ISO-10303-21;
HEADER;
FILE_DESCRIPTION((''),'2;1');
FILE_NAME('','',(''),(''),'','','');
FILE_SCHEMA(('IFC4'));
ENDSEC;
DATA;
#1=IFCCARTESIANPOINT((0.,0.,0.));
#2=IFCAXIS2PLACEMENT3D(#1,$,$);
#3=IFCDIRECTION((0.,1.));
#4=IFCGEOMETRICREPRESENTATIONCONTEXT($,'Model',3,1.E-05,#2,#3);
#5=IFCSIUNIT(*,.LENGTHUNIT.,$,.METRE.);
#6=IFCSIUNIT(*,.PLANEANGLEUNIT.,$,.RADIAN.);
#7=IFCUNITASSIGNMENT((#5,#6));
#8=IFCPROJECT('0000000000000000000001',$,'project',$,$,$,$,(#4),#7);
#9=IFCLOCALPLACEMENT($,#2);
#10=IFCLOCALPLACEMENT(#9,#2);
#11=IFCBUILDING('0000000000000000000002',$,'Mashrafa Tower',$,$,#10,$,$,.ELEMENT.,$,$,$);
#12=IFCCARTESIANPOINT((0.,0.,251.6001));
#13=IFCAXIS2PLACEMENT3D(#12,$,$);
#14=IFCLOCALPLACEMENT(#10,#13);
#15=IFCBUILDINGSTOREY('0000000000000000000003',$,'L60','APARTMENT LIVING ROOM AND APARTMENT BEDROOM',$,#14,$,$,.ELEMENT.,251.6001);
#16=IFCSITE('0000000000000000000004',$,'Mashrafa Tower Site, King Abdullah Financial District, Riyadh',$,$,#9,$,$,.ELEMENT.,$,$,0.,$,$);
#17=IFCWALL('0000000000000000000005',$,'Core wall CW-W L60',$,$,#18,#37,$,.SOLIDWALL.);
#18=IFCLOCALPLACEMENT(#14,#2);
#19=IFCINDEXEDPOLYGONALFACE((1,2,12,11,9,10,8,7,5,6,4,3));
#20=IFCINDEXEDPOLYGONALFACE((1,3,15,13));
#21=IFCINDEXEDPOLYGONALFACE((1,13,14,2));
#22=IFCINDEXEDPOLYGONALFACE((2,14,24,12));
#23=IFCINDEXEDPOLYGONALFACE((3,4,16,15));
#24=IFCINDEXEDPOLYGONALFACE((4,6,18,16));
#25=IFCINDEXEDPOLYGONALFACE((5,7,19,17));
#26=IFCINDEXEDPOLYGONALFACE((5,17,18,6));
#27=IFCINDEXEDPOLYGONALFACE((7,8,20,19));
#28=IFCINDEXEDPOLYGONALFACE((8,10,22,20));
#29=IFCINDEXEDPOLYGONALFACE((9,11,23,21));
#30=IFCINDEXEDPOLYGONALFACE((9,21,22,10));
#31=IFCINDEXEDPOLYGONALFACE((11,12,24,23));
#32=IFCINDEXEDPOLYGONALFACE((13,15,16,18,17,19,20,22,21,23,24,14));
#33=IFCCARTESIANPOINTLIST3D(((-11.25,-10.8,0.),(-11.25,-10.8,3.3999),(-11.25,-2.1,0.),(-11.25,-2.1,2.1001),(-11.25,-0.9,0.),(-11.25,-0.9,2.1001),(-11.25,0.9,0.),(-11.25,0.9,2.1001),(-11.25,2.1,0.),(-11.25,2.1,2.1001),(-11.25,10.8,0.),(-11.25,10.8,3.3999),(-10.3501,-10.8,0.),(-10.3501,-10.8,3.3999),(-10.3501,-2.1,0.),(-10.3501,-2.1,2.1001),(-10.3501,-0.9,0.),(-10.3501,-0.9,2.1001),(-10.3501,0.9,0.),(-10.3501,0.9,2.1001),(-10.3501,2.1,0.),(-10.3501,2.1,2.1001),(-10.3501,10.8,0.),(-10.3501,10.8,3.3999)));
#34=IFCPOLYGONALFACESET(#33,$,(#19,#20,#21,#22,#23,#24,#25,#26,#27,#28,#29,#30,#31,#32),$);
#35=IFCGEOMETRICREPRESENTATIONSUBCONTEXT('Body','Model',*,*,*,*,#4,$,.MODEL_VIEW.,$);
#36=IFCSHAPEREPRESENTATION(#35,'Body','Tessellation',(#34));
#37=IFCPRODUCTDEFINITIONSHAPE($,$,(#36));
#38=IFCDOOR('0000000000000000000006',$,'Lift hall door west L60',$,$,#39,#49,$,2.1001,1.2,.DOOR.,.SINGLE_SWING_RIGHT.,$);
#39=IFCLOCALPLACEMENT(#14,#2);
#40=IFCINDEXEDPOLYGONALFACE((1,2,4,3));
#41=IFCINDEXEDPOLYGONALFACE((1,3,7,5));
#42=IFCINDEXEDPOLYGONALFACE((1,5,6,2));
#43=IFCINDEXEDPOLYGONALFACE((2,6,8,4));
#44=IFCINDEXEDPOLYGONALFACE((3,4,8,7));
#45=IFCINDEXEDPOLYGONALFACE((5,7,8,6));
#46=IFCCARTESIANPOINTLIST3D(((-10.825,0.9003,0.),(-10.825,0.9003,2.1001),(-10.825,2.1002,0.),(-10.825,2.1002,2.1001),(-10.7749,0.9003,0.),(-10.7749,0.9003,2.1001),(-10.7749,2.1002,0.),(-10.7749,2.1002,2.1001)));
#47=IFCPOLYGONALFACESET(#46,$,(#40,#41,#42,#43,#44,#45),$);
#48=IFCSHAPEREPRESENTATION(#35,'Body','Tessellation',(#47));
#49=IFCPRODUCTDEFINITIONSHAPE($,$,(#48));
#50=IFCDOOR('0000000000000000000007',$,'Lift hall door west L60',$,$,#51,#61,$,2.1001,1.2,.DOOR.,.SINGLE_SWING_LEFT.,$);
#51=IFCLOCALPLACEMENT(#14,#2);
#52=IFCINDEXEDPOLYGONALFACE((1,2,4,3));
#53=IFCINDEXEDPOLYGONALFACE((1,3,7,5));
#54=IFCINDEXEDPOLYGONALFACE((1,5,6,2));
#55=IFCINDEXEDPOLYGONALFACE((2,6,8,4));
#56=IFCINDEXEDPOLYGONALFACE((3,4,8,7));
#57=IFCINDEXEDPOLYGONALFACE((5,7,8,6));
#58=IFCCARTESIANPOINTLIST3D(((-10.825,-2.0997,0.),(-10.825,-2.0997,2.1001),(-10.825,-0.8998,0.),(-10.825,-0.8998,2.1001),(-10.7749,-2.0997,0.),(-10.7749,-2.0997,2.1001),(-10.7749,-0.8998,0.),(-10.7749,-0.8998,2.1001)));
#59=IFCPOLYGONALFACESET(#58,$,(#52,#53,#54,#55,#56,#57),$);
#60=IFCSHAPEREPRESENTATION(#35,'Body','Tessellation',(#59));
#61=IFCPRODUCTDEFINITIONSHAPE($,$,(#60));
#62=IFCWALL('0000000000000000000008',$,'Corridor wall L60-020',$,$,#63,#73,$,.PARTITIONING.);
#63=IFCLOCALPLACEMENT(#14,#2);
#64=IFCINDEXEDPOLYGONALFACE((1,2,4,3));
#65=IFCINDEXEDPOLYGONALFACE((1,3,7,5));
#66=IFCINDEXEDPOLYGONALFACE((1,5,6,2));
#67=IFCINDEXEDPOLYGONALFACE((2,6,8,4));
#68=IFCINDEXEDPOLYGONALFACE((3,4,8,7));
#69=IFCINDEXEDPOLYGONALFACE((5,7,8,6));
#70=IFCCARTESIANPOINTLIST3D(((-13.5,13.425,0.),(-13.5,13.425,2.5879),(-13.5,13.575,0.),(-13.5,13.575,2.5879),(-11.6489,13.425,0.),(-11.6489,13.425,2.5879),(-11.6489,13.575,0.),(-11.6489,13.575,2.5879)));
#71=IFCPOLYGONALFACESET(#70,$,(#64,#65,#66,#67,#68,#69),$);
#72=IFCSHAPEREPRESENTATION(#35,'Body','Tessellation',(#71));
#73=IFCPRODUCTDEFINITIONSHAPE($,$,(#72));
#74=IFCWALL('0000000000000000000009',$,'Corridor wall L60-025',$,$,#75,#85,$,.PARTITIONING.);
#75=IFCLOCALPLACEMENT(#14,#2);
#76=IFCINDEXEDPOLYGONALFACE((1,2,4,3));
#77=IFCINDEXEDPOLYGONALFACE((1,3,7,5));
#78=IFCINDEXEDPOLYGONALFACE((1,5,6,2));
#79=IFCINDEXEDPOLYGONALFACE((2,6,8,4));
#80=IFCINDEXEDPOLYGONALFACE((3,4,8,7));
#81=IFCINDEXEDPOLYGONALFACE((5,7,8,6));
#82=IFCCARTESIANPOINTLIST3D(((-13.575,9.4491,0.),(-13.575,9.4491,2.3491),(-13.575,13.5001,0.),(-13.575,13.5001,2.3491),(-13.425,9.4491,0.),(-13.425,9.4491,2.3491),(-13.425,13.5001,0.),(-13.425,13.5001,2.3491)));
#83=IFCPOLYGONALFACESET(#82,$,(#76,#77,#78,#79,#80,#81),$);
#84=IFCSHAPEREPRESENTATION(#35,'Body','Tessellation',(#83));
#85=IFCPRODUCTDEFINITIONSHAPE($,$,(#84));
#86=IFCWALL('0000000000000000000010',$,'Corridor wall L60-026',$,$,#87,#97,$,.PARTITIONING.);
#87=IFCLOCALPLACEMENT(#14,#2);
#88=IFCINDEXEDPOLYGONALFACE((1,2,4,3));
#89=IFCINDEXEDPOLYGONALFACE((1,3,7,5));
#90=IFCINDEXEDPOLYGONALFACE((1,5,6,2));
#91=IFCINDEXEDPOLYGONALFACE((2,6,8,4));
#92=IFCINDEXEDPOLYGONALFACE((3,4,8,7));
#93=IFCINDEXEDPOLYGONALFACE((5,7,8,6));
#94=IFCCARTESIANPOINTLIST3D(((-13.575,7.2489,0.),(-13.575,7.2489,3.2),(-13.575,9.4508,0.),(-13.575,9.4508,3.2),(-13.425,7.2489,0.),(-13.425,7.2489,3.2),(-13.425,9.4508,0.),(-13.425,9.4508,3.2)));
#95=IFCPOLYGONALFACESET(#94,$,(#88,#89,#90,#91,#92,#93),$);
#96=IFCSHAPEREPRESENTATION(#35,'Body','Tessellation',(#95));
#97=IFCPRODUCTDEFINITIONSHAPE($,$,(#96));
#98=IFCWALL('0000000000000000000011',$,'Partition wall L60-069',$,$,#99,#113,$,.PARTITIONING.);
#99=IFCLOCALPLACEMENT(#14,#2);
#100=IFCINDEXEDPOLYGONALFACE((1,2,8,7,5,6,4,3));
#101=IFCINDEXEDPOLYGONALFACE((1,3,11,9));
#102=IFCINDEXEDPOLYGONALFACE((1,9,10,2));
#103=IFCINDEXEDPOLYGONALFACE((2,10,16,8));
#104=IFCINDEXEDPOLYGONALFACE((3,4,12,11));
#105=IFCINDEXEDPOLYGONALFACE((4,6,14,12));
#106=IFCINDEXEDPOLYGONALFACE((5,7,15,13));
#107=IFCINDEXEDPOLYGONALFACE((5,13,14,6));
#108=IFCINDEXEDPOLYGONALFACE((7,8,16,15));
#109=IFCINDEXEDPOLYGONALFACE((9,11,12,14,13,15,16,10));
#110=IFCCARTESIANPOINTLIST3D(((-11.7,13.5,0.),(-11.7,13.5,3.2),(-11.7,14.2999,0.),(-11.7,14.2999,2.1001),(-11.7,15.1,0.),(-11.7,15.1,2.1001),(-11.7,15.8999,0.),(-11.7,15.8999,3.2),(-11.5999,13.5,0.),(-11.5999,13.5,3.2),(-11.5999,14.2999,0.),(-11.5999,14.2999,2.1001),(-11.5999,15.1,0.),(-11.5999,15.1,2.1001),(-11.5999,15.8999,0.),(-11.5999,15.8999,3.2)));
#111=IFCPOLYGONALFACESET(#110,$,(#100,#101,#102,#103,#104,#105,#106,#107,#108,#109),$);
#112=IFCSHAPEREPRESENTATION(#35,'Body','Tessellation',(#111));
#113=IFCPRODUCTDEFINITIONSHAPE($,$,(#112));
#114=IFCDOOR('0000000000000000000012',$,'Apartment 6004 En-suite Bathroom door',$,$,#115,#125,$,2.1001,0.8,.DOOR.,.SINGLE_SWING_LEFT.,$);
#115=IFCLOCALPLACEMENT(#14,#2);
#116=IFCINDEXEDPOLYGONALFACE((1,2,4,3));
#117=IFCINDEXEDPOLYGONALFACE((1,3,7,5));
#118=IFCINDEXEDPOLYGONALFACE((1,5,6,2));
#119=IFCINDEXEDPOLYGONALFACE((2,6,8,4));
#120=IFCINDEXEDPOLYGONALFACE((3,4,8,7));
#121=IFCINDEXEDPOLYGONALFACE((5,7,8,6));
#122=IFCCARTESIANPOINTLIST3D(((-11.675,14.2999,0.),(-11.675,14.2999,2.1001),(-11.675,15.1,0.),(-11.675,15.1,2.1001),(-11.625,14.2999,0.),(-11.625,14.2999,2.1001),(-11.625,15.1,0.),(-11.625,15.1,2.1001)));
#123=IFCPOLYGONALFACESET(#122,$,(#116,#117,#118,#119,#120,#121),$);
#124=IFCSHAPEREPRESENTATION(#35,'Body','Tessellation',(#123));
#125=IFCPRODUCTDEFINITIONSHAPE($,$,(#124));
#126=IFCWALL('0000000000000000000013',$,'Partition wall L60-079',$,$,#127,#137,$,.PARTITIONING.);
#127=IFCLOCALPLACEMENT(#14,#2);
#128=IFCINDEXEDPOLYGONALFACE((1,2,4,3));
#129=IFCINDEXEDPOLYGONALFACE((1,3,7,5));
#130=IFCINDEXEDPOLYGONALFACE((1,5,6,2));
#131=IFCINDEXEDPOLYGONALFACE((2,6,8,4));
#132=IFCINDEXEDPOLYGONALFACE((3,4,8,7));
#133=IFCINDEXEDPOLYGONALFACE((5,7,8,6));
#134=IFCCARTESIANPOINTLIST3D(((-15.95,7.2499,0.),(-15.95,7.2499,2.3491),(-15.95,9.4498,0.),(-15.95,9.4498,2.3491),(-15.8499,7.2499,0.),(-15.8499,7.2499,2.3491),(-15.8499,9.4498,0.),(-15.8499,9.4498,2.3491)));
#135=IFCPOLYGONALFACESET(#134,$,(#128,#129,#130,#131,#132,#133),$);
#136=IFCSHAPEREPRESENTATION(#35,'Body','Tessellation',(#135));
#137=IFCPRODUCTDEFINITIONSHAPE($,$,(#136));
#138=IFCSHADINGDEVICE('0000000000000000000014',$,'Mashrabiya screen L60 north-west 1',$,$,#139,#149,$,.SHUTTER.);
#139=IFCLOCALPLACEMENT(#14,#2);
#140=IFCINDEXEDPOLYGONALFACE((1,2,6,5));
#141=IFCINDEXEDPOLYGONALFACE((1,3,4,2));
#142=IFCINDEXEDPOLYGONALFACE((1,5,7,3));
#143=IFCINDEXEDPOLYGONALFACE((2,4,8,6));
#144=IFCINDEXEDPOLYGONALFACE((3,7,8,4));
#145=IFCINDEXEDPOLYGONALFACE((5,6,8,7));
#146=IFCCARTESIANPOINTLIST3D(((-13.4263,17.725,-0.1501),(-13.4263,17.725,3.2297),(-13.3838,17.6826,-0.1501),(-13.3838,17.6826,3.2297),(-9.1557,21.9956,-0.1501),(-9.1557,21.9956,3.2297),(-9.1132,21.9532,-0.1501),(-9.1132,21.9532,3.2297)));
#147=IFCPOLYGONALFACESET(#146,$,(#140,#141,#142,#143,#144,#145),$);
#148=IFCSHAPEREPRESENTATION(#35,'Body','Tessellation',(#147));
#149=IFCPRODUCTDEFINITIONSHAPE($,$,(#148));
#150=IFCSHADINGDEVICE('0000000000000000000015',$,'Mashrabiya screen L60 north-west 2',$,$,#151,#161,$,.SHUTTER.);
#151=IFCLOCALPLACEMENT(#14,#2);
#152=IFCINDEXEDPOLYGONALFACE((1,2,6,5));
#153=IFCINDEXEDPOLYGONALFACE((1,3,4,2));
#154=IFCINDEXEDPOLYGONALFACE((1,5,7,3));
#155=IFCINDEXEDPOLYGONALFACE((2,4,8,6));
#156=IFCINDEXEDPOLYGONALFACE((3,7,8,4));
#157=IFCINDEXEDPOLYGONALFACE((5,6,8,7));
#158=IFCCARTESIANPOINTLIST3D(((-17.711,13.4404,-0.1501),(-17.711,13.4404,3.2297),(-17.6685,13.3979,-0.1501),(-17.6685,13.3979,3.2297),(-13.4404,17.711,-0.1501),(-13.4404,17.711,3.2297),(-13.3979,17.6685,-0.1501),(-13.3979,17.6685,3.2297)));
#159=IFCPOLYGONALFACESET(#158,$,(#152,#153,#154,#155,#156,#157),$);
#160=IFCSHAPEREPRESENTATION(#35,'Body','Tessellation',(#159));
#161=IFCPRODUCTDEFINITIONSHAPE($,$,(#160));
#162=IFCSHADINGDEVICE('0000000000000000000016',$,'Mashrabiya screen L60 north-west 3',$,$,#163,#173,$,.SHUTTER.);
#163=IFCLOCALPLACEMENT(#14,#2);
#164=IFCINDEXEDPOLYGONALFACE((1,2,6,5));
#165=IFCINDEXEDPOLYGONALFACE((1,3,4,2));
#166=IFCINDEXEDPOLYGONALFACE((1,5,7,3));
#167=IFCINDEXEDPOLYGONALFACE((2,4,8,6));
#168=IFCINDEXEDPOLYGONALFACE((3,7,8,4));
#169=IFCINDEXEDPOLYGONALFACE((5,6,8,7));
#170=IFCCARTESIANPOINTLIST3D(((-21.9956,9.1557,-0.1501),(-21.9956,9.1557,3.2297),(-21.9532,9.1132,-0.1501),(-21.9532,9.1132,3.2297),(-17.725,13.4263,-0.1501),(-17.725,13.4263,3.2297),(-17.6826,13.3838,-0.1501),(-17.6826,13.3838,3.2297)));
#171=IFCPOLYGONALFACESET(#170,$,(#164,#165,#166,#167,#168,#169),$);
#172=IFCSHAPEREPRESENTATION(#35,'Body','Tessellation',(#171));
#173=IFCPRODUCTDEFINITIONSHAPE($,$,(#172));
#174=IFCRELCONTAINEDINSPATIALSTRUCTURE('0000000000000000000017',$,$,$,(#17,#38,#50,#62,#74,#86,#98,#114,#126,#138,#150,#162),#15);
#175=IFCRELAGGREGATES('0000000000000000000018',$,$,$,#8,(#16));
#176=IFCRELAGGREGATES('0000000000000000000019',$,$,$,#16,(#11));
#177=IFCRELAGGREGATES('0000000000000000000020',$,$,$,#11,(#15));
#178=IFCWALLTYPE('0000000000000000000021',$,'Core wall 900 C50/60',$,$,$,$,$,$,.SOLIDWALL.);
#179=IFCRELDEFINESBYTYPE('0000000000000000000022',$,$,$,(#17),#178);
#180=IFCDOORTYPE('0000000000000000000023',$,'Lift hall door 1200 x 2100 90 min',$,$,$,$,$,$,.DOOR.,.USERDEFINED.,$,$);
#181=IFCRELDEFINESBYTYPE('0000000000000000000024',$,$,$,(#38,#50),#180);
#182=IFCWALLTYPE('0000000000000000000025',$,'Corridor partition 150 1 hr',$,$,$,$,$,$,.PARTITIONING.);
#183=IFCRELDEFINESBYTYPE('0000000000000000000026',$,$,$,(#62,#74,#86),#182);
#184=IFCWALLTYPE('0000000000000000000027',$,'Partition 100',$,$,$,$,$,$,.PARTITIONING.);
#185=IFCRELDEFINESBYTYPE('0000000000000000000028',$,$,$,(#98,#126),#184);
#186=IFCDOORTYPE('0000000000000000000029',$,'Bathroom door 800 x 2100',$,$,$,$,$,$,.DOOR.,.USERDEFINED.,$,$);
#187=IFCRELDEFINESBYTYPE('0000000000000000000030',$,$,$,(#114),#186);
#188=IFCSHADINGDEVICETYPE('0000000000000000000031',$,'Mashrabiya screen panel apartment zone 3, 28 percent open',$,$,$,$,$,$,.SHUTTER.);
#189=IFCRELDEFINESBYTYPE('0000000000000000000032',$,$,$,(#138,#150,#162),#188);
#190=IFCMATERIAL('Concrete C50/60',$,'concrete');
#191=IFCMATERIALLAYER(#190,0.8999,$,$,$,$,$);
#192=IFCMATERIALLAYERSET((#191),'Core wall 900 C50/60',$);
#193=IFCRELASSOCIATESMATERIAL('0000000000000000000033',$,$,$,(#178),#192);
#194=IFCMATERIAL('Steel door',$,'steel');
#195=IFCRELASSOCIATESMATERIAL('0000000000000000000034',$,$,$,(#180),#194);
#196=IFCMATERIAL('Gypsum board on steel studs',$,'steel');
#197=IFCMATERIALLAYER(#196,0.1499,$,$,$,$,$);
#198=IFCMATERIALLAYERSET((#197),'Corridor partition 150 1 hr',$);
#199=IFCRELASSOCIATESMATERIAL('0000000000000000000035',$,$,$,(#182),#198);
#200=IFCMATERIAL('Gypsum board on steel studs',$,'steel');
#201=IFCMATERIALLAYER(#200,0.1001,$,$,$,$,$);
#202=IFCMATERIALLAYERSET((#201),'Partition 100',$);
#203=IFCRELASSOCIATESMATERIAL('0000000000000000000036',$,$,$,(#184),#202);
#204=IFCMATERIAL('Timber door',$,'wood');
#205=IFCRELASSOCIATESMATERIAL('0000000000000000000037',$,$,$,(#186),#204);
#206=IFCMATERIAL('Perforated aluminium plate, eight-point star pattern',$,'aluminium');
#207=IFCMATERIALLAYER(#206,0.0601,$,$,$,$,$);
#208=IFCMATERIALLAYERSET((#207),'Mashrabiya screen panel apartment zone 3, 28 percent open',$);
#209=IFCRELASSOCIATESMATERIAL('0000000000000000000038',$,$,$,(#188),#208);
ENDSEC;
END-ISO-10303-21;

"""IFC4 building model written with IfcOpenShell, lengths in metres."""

from ifc_helpers import new_model, si_unit, direction, frame, frame_2d, origin, origin_2d, place, context, subcontext, project, spatial, rectangle, extrude, source, transform, mapped, material, layer, layer_set, type_object, type_shapes, element, fill, save


model = new_model("IFC4")

# Units and contexts
model_context = context("Model", 3, precision=1e-05, world=origin(), true_north=direction((0.0, 1.0)))
body_context = subcontext(model_context, "Body", "Model", "MODEL_VIEW")
ifc_project = project(units=[si_unit("LENGTHUNIT", "METRE"), si_unit("PLANEANGLEUNIT", "RADIAN")], contexts=[model_context])

# Site, building, storey
site_placement = place(None, origin())
site = spatial("IfcSite", under=ifc_project, at=site_placement, Name="Mashrafa Tower Site, King Abdullah Financial District, Riyadh", CompositionType="ELEMENT", RefElevation=0.0)
building_placement = place(site_placement, origin())
building = spatial("IfcBuilding", under=site, at=building_placement, Name="Mashrafa Tower", CompositionType="ELEMENT")
storey_placement = place(building_placement, frame((0.0, 0.0, 251.6001)))
storey = spatial("IfcBuildingStorey", under=building, at=storey_placement, Name="L60", Description="APARTMENT LIVING ROOM AND APARTMENT BEDROOM", CompositionType="ELEMENT", Elevation=251.6001)

# Wall, openings, doors
ifc_material_1 = material(Name="Concrete C50/60", Category="concrete")
ifc_layer_1 = layer(ifc_material_1, 0.8999)
ifc_layer_set_1 = layer_set([ifc_layer_1], Name="Core wall 900 C50/60")
wall_type_1 = type_object("IfcWallType", Name="Core wall 900 C50/60", PredefinedType="SOLIDWALL", material=ifc_layer_set_1)
wall_1_placement = place(storey_placement, frame((-10.8, 10.8, 0.0), z_axis=(0.0, 0.0, 1.0), x_axis=(0.0, -1.0, 0.0)))
wall_1 = element("IfcWall", 1, at=wall_1_placement, inside=storey, type_object=wall_type_1, Name="Core wall CW-W L60", PredefinedType="SOLIDWALL", context=body_context, shape_type="SweptSolid", body=[
    extrude(rectangle(XDim=21.6001, YDim=0.8999, at=frame_2d((10.8, 0.0))), origin(), (0.0, 0.0, 1.0), 3.3999),
])
opening_1_placement = place(wall_1_placement, frame((8.7, 0.0, 0.0)))
opening_1 = element("IfcOpeningElement", 2, at=opening_1_placement, cuts=wall_1, PredefinedType="OPENING", context=body_context, shape_type="SweptSolid", body=[
    extrude(rectangle(XDim=1.2, YDim=2.1001, at=frame_2d((0.6001, 1.05))), frame((0.0, 0.46, 0.0), z_axis=(0.0, -1.0, 0.0), x_axis=(1.0, 0.0, 0.0)), (0.0, 0.0, 1.0), 0.9199),
])
opening_2_placement = place(wall_1_placement, frame((11.7, 0.0, 0.0)))
opening_2 = element("IfcOpeningElement", 3, at=opening_2_placement, cuts=wall_1, PredefinedType="OPENING", context=body_context, shape_type="SweptSolid", body=[
    extrude(rectangle(XDim=1.2, YDim=2.1001, at=frame_2d((0.6001, 1.05))), frame((0.0, 0.46, 0.0), z_axis=(0.0, -1.0, 0.0), x_axis=(1.0, 0.0, 0.0)), (0.0, 0.0, 1.0), 0.9199),
])
ifc_material_2 = material(Name="Steel door", Category="steel")
door_type_1 = type_object("IfcDoorType", Name="Lift hall door 1200 x 2100 90 min", OperationType="USERDEFINED", PredefinedType="DOOR", material=ifc_material_2)
door_1_placement = place(opening_1_placement, frame((1.2, 0.0, 0.0), z_axis=(0.0, 0.0, 1.0), x_axis=(-1.0, 0.0, 0.0)))
door_1 = element("IfcDoor", 4, at=door_1_placement, inside=storey, type_object=door_type_1, Name="Lift hall door west L60", OperationType="SINGLE_SWING_RIGHT", OverallHeight=2.1001, OverallWidth=1.2, PredefinedType="DOOR", context=body_context, shape_type="SweptSolid", body=[
    extrude(rectangle(XDim=1.2, YDim=2.1001, at=frame_2d((0.6001, 1.05))), frame((0.0, 0.0249, 0.0), z_axis=(0.0, -1.0, 0.0), x_axis=(1.0, 0.0, 0.0)), (0.0, 0.0, 1.0), 0.05),
])
fill(opening_1, door_1)
door_2_placement = place(opening_2_placement, frame((1.2, 0.0, 0.0), z_axis=(0.0, 0.0, 1.0), x_axis=(-1.0, 0.0, 0.0)))
door_2 = element("IfcDoor", 5, at=door_2_placement, inside=storey, type_object=door_type_1, Name="Lift hall door west L60", OperationType="SINGLE_SWING_LEFT", OverallHeight=2.1001, OverallWidth=1.2, PredefinedType="DOOR", context=body_context, shape_type="SweptSolid", body=[
    extrude(rectangle(XDim=1.2, YDim=2.1001, at=frame_2d((0.6001, 1.05))), frame((0.0, 0.0249, 0.0), z_axis=(0.0, -1.0, 0.0), x_axis=(1.0, 0.0, 0.0)), (0.0, 0.0, 1.0), 0.05),
])
fill(opening_2, door_2)

# Walls
ifc_material_3 = material(Name="Gypsum board on steel studs", Category="steel")
ifc_layer_2 = layer(ifc_material_3, 0.1499)
ifc_layer_set_2 = layer_set([ifc_layer_2], Name="Corridor partition 150 1 hr")
wall_type_2 = type_object("IfcWallType", Name="Corridor partition 150 1 hr", PredefinedType="PARTITIONING", material=ifc_layer_set_2)
wall_2_placement = place(storey_placement, frame((-11.6489, 13.5, 0.0), z_axis=(0.0, 0.0, 1.0), x_axis=(-1.0, 0.0, 0.0)))
element("IfcWall", 6, at=wall_2_placement, inside=storey, type_object=wall_type_2, Name="Corridor wall L60-020", PredefinedType="PARTITIONING", context=body_context, shape_type="SweptSolid", body=[
    extrude(rectangle(XDim=1.8511, YDim=0.1499, at=frame_2d((0.9255, 0.0))), origin(), (0.0, 0.0, 1.0), 2.5879),
])
wall_3_placement = place(storey_placement, frame((-13.5, 13.5, 0.0), z_axis=(0.0, 0.0, 1.0), x_axis=(0.0, -1.0, 0.0)))
element("IfcWall", 7, at=wall_3_placement, inside=storey, type_object=wall_type_2, Name="Corridor wall L60-025", PredefinedType="PARTITIONING", context=body_context, shape_type="SweptSolid", body=[
    extrude(rectangle(XDim=4.051, YDim=0.1499, at=frame_2d((2.0254, 0.0))), origin(), (0.0, 0.0, 1.0), 2.3491),
])
wall_4_placement = place(storey_placement, frame((-13.5, 9.4509, 0.0), z_axis=(0.0, 0.0, 1.0), x_axis=(0.0, -1.0, 0.0)))
element("IfcWall", 8, at=wall_4_placement, inside=storey, type_object=wall_type_2, Name="Corridor wall L60-026", PredefinedType="PARTITIONING", context=body_context, shape_type="SweptSolid", body=[
    extrude(rectangle(XDim=2.2019, YDim=0.1499, at=frame_2d((1.1011, 0.0))), origin(), (0.0, 0.0, 1.0), 3.2),
])

# Wall, opening, door
ifc_material_4 = material(Name="Gypsum board on steel studs", Category="steel")
ifc_layer_3 = layer(ifc_material_4, 0.1001)
ifc_layer_set_3 = layer_set([ifc_layer_3], Name="Partition 100")
wall_type_3 = type_object("IfcWallType", Name="Partition 100", PredefinedType="PARTITIONING", material=ifc_layer_set_3)
wall_5_placement = place(storey_placement, frame((-11.6499, 15.8999, 0.0), z_axis=(0.0, 0.0, 1.0), x_axis=(0.0, -1.0, 0.0)))
wall_5 = element("IfcWall", 9, at=wall_5_placement, inside=storey, type_object=wall_type_3, Name="Partition wall L60-069", PredefinedType="PARTITIONING", context=body_context, shape_type="SweptSolid", body=[
    extrude(rectangle(XDim=2.3999, YDim=0.1001, at=frame_2d((1.2, 0.0))), origin(), (0.0, 0.0, 1.0), 3.2),
])
opening_3_placement = place(wall_5_placement, frame((0.8, 0.0, 0.0)))
opening_3 = element("IfcOpeningElement", 10, at=opening_3_placement, cuts=wall_5, PredefinedType="OPENING", context=body_context, shape_type="SweptSolid", body=[
    extrude(rectangle(XDim=0.8, YDim=2.1001, at=frame_2d((0.3999, 1.05))), frame((0.0, 0.0601, 0.0), z_axis=(0.0, -1.0, 0.0), x_axis=(1.0, 0.0, 0.0)), (0.0, 0.0, 1.0), 0.1201),
])
ifc_material_5 = material(Name="Timber door", Category="wood")
door_type_2 = type_object("IfcDoorType", Name="Bathroom door 800 x 2100", OperationType="USERDEFINED", PredefinedType="DOOR", material=ifc_material_5)
door_3_placement = place(opening_3_placement, origin())
door_3 = element("IfcDoor", 11, at=door_3_placement, inside=storey, type_object=door_type_2, Name="Apartment 6004 En-suite Bathroom door", OperationType="SINGLE_SWING_LEFT", OverallHeight=2.1001, OverallWidth=0.8, PredefinedType="DOOR", context=body_context, shape_type="SweptSolid", body=[
    extrude(rectangle(XDim=0.8, YDim=2.1001, at=frame_2d((0.3999, 1.05))), frame((0.0, 0.0249, 0.0), z_axis=(0.0, -1.0, 0.0), x_axis=(1.0, 0.0, 0.0)), (0.0, 0.0, 1.0), 0.05),
])
fill(opening_3, door_3)

# Wall
wall_6_placement = place(storey_placement, frame((-15.8999, 9.45, 0.0), z_axis=(0.0, 0.0, 1.0), x_axis=(0.0, -1.0, 0.0)))
element("IfcWall", 12, at=wall_6_placement, inside=storey, type_object=wall_type_3, Name="Partition wall L60-079", PredefinedType="PARTITIONING", context=body_context, shape_type="SweptSolid", body=[
    extrude(rectangle(XDim=2.2, YDim=0.1001, at=frame_2d((1.1001, 0.0))), origin(), (0.0, 0.0, 1.0), 2.3491),
])

# Shading devices
ifc_material_6 = material(Name="Perforated aluminium plate, eight-point star pattern", Category="aluminium")
ifc_layer_4 = layer(ifc_material_6, 0.0601)
ifc_layer_set_4 = layer_set([ifc_layer_4], Name="Mashrabiya screen panel apartment zone 3, 28 percent open")
shading_device_type = type_object("IfcShadingDeviceType", Name="Mashrabiya screen panel apartment zone 3, 28 percent open", PredefinedType="SHUTTER", material=ifc_layer_set_4)
shared_shape_1 = source(origin(), body_context, "Body", "SweptSolid", [
    extrude(rectangle(XDim=6.0396, YDim=0.0601, at=origin_2d()), origin(), (0.0, 0.0, 1.0), 3.3799),
])
type_shapes(shading_device_type, [shared_shape_1])
for number, where, z_axis, x_axis, name in (
    (13, (-11.2698, 19.8391, -0.1501), (0.0, 0.0, 1.0), (-0.707107, -0.707107, 0.0), "Mashrabiya screen L60 north-west 1"),
    (14, (-15.5544, 15.5544, -0.1501), (0.0, 0.0, 1.0), (-0.707107, -0.707107, 0.0), "Mashrabiya screen L60 north-west 2"),
    (15, (-19.8391, 11.2698, -0.1501), (0.0, 0.0, 1.0), (-0.707107, -0.707107, 0.0), "Mashrabiya screen L60 north-west 3"),
):
    element("IfcShadingDevice", number, at=place(storey_placement, frame(where, z_axis=z_axis, x_axis=x_axis)), inside=storey, type_object=shading_device_type, Name=name, PredefinedType="SHUTTER", context=body_context, shape_type="MappedRepresentation", body=[
        mapped(shared_shape_1, transform((0.0, 0.0, 0.0))),
    ])

save(model, "model.ifc")
